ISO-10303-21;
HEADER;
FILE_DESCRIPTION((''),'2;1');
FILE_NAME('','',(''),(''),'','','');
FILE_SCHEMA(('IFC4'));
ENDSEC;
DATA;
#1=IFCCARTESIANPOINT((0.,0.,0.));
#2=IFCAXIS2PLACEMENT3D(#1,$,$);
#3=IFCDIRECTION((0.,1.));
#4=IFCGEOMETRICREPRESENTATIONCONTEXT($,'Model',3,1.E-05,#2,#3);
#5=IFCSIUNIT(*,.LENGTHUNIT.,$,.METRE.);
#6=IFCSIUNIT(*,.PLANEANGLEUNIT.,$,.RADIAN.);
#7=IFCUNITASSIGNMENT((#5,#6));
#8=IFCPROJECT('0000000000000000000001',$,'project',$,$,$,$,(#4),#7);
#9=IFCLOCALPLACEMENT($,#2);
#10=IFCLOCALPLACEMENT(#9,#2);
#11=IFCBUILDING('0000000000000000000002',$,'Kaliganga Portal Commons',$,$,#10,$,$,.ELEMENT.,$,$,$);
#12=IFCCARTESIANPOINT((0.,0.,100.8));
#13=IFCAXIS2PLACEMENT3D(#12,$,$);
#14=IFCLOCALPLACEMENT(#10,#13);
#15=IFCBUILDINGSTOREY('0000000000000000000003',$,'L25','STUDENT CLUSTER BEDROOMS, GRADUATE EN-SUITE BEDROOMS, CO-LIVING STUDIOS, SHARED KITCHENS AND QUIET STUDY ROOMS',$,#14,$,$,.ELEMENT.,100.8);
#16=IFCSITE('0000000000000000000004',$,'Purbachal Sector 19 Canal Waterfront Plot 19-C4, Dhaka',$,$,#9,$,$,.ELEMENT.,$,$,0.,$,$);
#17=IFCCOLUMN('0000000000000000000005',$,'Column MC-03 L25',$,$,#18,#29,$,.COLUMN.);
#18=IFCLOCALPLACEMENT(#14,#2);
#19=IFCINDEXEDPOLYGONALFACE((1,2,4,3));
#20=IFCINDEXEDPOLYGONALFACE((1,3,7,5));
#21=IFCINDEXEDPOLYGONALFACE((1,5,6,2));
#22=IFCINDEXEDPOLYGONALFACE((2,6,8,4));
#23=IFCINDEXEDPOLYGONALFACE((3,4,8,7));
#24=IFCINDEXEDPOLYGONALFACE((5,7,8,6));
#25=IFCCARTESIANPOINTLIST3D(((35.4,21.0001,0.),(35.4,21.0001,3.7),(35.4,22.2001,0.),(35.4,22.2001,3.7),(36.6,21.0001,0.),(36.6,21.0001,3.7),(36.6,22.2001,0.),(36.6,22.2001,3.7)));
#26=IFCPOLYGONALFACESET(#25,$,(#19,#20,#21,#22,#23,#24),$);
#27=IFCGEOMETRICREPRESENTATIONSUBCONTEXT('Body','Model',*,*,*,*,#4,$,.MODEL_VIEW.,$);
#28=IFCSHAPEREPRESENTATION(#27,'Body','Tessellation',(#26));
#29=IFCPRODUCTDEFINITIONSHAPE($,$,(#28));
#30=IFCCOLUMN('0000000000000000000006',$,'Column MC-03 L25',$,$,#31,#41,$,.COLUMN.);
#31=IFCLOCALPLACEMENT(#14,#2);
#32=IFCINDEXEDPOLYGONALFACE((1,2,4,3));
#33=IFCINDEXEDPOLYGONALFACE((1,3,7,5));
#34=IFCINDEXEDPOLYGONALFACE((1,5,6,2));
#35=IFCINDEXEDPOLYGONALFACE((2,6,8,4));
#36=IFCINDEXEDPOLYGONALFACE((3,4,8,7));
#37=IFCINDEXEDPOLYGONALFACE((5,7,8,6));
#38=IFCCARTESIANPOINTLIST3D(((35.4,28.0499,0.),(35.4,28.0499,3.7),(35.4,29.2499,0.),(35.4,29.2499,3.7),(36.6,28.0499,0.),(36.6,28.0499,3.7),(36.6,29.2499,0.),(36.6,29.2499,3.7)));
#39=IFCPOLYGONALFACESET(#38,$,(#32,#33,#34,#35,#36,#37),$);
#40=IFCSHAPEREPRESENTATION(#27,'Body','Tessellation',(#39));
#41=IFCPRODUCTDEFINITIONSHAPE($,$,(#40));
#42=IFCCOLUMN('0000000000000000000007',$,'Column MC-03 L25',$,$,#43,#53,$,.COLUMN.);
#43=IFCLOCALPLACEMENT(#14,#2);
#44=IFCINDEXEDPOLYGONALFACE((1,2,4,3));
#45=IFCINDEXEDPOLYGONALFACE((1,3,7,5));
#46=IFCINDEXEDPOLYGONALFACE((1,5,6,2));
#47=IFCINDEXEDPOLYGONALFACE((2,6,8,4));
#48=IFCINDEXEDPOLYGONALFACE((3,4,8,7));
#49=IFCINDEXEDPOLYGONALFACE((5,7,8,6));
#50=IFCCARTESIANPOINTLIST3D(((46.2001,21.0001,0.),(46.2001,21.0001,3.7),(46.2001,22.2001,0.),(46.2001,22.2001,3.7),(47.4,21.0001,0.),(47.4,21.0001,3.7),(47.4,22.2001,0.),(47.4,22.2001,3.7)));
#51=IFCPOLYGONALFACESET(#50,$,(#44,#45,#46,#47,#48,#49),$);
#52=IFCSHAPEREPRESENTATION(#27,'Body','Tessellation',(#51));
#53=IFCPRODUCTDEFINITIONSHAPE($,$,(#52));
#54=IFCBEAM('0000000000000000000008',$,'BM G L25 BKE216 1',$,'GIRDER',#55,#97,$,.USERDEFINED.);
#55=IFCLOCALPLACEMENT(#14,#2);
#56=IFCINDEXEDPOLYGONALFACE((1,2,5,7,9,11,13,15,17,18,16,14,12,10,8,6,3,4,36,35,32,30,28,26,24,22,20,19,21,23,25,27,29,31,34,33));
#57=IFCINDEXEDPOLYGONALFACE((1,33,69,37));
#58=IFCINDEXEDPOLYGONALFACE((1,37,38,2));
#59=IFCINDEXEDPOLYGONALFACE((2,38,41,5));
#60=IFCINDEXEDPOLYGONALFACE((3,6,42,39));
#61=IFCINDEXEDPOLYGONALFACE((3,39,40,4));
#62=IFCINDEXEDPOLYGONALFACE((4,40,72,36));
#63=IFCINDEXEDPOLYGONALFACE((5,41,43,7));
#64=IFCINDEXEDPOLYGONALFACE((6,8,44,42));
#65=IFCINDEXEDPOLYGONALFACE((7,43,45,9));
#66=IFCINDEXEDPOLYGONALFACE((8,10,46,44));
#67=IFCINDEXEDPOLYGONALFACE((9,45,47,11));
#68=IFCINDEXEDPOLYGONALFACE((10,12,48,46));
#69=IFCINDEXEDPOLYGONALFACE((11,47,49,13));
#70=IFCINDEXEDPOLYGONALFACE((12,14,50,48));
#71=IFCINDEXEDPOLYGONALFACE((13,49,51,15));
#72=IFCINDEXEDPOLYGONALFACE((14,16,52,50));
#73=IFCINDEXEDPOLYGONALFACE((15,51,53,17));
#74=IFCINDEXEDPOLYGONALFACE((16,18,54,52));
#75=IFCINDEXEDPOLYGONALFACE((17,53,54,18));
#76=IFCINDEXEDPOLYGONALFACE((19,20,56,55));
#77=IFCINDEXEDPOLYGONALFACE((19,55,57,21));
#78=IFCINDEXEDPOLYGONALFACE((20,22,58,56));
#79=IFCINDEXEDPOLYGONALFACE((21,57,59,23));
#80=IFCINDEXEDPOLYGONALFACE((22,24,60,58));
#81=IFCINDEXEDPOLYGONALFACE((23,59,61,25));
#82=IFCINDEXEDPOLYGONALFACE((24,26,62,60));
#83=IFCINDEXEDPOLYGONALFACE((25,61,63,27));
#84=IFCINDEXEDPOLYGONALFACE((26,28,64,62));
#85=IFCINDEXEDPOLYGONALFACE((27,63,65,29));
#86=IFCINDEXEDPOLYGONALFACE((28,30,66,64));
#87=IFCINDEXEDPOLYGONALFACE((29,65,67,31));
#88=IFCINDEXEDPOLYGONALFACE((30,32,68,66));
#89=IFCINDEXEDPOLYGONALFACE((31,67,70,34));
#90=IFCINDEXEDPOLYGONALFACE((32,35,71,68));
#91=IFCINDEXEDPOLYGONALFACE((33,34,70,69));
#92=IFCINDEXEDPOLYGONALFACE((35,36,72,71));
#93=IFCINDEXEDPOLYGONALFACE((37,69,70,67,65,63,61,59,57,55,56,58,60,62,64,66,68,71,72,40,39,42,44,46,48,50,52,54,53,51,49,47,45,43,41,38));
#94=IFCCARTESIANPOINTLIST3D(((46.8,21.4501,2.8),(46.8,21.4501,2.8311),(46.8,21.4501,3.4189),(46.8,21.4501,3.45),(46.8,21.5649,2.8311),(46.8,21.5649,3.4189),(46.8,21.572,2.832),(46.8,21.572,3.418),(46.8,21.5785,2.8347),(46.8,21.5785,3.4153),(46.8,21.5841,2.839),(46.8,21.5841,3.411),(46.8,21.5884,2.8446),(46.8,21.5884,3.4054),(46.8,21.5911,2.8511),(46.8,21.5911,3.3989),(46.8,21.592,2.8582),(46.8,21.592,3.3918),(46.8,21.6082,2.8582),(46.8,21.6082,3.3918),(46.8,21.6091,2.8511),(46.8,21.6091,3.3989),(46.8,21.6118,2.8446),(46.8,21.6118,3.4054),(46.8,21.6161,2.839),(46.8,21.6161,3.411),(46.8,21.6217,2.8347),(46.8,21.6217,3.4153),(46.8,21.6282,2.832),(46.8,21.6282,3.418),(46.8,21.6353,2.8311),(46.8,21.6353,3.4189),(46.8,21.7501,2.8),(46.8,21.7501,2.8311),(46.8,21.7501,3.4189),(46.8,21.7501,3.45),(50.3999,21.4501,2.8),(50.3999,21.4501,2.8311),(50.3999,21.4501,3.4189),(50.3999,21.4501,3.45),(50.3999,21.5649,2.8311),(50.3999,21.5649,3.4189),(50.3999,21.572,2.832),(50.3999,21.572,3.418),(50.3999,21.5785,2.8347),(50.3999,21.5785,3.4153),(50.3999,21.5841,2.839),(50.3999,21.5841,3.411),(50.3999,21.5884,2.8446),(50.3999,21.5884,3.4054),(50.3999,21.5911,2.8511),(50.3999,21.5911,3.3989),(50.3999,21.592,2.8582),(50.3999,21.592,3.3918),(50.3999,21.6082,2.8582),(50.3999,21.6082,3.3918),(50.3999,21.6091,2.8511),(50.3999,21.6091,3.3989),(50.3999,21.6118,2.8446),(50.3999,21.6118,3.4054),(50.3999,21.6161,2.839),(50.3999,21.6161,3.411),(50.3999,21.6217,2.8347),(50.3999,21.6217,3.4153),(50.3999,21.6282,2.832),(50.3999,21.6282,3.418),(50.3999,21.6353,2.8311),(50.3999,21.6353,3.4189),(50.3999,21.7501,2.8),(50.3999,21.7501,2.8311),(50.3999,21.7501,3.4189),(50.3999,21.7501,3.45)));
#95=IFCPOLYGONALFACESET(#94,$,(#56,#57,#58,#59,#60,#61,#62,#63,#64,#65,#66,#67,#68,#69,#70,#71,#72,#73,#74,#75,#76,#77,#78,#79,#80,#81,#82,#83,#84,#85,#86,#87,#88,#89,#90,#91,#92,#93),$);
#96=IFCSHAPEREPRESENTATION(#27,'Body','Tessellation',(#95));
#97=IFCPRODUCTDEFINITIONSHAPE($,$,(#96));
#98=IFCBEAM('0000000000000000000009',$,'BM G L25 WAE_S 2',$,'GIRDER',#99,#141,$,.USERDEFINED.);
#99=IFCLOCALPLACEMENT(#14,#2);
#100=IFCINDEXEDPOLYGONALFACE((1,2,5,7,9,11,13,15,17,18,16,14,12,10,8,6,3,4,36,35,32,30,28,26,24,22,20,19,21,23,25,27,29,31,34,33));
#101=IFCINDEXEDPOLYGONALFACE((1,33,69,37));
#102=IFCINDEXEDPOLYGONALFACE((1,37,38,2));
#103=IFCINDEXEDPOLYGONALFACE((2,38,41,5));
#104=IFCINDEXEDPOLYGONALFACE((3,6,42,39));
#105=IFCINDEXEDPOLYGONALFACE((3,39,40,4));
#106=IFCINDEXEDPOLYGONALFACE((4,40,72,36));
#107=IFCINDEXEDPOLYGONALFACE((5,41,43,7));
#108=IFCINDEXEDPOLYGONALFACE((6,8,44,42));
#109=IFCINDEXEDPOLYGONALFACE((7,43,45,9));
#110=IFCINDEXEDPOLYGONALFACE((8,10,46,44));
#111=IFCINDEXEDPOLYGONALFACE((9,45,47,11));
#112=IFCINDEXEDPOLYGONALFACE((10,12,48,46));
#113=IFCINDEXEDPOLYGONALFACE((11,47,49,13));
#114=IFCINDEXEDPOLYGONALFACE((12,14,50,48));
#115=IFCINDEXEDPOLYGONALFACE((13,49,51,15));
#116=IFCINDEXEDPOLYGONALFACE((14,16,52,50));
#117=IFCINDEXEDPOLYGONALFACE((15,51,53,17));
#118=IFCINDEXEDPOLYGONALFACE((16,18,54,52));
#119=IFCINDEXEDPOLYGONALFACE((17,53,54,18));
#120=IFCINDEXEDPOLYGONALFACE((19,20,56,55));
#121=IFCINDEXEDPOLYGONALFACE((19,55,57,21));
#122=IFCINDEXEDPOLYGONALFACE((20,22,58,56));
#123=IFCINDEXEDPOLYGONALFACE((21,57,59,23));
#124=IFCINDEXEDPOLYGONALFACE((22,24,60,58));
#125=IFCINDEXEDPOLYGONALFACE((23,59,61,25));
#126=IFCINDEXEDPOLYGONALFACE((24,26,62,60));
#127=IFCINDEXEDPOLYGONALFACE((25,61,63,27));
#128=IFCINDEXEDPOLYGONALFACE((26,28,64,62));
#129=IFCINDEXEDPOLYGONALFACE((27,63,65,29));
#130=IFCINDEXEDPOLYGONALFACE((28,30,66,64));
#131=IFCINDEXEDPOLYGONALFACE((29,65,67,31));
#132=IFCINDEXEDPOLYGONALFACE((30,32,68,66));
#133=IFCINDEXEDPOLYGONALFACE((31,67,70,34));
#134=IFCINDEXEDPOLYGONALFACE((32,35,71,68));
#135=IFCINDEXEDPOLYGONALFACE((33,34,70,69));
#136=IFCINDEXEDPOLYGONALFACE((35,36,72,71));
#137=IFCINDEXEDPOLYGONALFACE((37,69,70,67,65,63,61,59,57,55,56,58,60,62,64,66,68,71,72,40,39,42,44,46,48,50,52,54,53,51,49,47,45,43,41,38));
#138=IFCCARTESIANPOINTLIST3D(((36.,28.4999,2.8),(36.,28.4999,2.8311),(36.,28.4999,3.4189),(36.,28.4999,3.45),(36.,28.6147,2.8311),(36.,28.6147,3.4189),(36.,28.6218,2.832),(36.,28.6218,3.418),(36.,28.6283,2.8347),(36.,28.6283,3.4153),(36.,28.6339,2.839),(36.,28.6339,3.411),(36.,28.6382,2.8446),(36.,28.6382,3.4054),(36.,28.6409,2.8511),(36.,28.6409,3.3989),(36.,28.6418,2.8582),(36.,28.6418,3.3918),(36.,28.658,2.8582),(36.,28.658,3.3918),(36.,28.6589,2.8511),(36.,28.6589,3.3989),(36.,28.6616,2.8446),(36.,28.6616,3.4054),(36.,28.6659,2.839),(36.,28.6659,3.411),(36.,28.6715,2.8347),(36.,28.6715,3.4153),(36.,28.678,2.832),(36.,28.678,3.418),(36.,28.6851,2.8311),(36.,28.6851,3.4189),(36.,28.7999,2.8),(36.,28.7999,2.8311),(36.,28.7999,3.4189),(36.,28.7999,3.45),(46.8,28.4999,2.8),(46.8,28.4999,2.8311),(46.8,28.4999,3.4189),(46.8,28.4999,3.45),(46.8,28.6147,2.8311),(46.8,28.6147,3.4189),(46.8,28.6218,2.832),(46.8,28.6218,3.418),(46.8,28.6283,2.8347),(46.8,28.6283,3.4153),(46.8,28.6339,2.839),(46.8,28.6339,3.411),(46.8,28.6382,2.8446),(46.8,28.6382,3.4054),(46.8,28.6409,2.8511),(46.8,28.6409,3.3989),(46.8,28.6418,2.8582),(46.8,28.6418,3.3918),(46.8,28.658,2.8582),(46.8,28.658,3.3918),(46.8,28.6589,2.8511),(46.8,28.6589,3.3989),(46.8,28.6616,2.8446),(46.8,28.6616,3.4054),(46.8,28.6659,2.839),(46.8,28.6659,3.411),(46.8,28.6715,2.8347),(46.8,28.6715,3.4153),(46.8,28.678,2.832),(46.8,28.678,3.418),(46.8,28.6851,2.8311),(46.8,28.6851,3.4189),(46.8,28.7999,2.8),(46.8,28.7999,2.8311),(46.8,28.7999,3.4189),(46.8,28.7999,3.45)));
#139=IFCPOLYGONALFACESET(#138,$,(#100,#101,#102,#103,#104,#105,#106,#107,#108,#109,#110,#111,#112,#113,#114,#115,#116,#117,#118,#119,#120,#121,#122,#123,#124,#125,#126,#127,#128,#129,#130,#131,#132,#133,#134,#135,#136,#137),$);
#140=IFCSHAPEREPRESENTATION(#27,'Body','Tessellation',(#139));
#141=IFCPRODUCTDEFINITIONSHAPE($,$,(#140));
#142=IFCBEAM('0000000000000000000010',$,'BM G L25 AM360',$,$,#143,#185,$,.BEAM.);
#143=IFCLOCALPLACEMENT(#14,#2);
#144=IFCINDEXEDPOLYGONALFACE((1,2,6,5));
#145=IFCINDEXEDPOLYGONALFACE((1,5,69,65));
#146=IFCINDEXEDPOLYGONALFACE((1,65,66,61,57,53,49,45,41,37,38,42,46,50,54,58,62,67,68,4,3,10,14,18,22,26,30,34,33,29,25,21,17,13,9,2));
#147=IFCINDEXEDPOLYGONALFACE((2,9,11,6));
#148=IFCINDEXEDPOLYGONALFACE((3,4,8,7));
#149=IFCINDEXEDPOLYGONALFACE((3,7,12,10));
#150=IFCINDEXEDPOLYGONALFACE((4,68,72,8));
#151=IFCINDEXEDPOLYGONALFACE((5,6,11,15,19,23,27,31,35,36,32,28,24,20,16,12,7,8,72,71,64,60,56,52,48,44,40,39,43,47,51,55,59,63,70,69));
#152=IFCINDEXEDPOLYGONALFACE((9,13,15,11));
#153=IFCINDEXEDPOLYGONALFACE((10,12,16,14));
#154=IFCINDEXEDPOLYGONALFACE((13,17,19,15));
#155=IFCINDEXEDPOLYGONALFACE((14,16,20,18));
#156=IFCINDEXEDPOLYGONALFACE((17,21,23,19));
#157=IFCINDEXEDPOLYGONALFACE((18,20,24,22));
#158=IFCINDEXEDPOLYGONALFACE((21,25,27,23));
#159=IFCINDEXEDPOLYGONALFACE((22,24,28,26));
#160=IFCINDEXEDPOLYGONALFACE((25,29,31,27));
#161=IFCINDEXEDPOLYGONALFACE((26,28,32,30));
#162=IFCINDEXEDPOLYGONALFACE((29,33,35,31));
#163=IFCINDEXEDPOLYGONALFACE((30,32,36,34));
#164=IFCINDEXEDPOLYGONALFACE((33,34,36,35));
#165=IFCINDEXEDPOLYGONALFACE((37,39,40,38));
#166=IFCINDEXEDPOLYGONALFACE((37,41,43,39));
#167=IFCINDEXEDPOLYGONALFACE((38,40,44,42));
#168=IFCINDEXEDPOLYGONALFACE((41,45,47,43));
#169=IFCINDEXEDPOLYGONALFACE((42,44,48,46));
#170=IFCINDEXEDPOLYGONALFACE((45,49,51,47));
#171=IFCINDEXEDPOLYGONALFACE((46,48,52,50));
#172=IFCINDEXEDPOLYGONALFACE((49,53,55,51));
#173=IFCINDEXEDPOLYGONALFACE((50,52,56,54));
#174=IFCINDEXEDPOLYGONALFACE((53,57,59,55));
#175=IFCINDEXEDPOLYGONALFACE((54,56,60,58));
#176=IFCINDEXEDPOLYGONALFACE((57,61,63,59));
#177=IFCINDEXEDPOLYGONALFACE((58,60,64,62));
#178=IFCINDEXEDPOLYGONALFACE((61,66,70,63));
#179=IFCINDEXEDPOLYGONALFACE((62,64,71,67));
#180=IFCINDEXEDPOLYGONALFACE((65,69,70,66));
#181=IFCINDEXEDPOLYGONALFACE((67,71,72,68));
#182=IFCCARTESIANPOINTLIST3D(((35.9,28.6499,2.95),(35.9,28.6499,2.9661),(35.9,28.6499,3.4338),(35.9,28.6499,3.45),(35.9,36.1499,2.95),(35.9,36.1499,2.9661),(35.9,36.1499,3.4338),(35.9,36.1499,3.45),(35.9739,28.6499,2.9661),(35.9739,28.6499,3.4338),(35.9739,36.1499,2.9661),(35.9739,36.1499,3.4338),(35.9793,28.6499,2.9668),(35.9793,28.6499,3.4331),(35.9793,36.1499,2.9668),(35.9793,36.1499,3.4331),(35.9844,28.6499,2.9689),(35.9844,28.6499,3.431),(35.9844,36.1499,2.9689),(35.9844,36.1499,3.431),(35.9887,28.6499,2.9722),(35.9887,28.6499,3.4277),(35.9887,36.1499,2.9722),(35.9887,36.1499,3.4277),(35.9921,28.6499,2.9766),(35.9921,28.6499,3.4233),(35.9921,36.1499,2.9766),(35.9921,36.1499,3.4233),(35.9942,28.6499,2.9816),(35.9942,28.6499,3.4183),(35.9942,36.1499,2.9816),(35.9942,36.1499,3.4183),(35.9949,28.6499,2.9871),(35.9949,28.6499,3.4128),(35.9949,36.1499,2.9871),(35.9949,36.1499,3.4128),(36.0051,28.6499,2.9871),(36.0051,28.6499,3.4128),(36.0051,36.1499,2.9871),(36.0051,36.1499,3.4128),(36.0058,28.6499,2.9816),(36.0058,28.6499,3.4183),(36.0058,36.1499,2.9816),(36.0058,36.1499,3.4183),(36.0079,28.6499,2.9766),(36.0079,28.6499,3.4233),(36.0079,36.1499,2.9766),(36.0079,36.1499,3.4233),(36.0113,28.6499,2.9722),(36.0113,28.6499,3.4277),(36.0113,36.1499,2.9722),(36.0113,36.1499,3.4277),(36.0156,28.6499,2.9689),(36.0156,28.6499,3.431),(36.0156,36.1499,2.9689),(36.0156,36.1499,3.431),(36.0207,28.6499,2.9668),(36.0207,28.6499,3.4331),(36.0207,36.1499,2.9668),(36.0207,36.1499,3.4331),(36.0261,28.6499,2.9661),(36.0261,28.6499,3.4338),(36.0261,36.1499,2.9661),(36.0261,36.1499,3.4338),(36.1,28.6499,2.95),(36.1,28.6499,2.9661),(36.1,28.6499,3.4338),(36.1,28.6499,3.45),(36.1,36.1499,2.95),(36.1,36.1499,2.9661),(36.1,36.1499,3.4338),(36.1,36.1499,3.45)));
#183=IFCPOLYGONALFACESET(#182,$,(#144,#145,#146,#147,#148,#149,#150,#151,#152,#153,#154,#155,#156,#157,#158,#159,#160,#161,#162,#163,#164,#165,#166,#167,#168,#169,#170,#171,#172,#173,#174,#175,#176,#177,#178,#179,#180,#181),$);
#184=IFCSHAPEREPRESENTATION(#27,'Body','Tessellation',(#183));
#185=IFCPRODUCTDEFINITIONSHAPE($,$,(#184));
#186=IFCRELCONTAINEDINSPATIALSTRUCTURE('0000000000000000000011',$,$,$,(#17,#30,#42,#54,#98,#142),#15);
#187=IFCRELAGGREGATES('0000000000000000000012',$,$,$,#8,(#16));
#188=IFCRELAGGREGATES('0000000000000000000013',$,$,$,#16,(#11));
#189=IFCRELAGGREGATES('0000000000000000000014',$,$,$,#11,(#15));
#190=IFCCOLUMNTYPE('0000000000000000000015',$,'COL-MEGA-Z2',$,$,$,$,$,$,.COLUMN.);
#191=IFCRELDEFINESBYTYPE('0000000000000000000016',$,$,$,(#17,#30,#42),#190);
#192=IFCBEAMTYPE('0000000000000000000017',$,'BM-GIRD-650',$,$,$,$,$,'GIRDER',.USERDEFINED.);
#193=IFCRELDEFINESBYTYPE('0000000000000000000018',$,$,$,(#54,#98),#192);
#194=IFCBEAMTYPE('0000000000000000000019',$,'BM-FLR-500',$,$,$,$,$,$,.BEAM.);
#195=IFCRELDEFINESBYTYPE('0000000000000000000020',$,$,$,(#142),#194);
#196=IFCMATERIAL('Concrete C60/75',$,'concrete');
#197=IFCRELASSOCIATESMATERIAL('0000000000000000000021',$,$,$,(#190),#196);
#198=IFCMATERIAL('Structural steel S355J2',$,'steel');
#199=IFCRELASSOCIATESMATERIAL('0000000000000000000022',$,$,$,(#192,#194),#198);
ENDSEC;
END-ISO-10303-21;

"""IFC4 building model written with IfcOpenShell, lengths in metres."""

from ifc_helpers import new_model, si_unit, direction, frame, origin, origin_2d, place, context, subcontext, project, spatial, rectangle, i_section, extrude, source, transform, mapped, material, material_profile, profile_set, type_object, element, save


model = new_model("IFC4")

# Units and contexts
model_context = context("Model", 3, precision=1e-05, world=origin(), true_north=direction((0.0, 1.0)))
body_context = subcontext(model_context, "Body", "Model", "MODEL_VIEW")
ifc_project = project(units=[si_unit("LENGTHUNIT", "METRE"), si_unit("PLANEANGLEUNIT", "RADIAN")], contexts=[model_context])

# Site, building, storey
site_placement = place(None, origin())
site = spatial("IfcSite", under=ifc_project, at=site_placement, Name="Purbachal Sector 19 Canal Waterfront Plot 19-C4, Dhaka", CompositionType="ELEMENT", RefElevation=0.0)
building_placement = place(site_placement, origin())
building = spatial("IfcBuilding", under=site, at=building_placement, Name="Kaliganga Portal Commons", CompositionType="ELEMENT")
storey_placement = place(building_placement, frame((0.0, 0.0, 100.8)))
storey = spatial("IfcBuildingStorey", under=building, at=storey_placement, Name="L25", Description="STUDENT CLUSTER BEDROOMS, GRADUATE EN-SUITE BEDROOMS, CO-LIVING STUDIOS, SHARED KITCHENS AND QUIET STUDY ROOMS", CompositionType="ELEMENT", Elevation=100.8)

# Columns
ifc_material_1 = material(Name="Concrete C60/75", Category="concrete")
ifc_material_profile_1 = material_profile(ifc_material_1, rectangle(XDim=1.2, YDim=1.2, at=origin_2d()), Name="RC 1200x1200")
ifc_profile_set_1 = profile_set([ifc_material_profile_1], Name="Concrete C60/75")
column_type = type_object("IfcColumnType", Name="COL-MEGA-Z2", PredefinedType="COLUMN", material=ifc_profile_set_1)
shared_shape_1 = source(origin(), body_context, "Body", "SweptSolid", [
    extrude(rectangle(XDim=1.2, YDim=1.2, at=origin_2d()), origin(), (0.0, 0.0, 1.0), 3.7),
])
for number, where, z_axis, x_axis, name in (
    (1, (36.0, 21.6001, 0.0), (0.0, 0.0, 1.0), (1.0, 0.0, 0.0), "Column MC-03 L25"),
    (2, (36.0, 28.6499, 0.0), (0.0, 0.0, 1.0), (1.0, 0.0, 0.0), "Column MC-03 L25"),
    (3, (46.8, 21.6001, 0.0), (0.0, 0.0, 1.0), (1.0, 0.0, 0.0), "Column MC-03 L25"),
):
    element("IfcColumn", number, at=place(storey_placement, frame(where, z_axis=z_axis, x_axis=x_axis)), inside=storey, type_object=column_type, Name=name, PredefinedType="COLUMN", context=body_context, shape_type="MappedRepresentation", body=[
        mapped(shared_shape_1, transform((0.0, 0.0, 0.0), x_axis=(1.0, 0.0, 0.0), y_axis=(0.0, 1.0, 0.0), z_axis=(0.0, 0.0, 1.0), scale=1.0)),
    ])

# Beams
ifc_material_2 = material(Name="Structural steel S355J2", Category="steel")
ifc_material_profile_2 = material_profile(ifc_material_2, i_section(OverallWidth=0.3, OverallDepth=0.6499, WebThickness=0.0161, FlangeThickness=0.031, FilletRadius=0.0271, at=origin_2d()), Name="HE 650 B")
ifc_profile_set_2 = profile_set([ifc_material_profile_2], Name="Structural steel S355J2 wide-flange")
beam_type_1 = type_object("IfcBeamType", Name="BM-GIRD-650", ElementType="GIRDER", PredefinedType="USERDEFINED", material=ifc_profile_set_2)
shared_shape_2 = source(origin(), body_context, "Body", "SweptSolid", [
    extrude(i_section(OverallWidth=0.3, OverallDepth=0.6499, WebThickness=0.0161, FlangeThickness=0.031, FilletRadius=0.0271, at=origin_2d()), origin(), (0.0, 0.0, 1.0), 3.5999),
])
beam_1_placement = place(storey_placement, frame((46.8, 21.6001, 3.125), z_axis=(1.0, 0.0, 0.0), x_axis=(0.0, 1.0, 0.0)))
element("IfcBeam", 4, at=beam_1_placement, inside=storey, type_object=beam_type_1, Name="BM G L25 BKE216 1", ObjectType="GIRDER", PredefinedType="USERDEFINED", context=body_context, shape_type="MappedRepresentation", body=[
    mapped(shared_shape_2, transform((0.0, 0.0, 0.0), x_axis=(1.0, 0.0, 0.0), y_axis=(0.0, 1.0, 0.0), z_axis=(0.0, 0.0, 1.0), scale=1.0)),
])
shared_shape_3 = source(origin(), body_context, "Body", "SweptSolid", [
    extrude(i_section(OverallWidth=0.3, OverallDepth=0.6499, WebThickness=0.0161, FlangeThickness=0.031, FilletRadius=0.0271, at=origin_2d()), origin(), (0.0, 0.0, 1.0), 10.8),
])
beam_2_placement = place(storey_placement, frame((36.0, 28.6499, 3.125), z_axis=(1.0, 0.0, 0.0), x_axis=(0.0, 1.0, 0.0)))
element("IfcBeam", 5, at=beam_2_placement, inside=storey, type_object=beam_type_1, Name="BM G L25 WAE_S 2", ObjectType="GIRDER", PredefinedType="USERDEFINED", context=body_context, shape_type="MappedRepresentation", body=[
    mapped(shared_shape_3, transform((0.0, 0.0, 0.0), x_axis=(1.0, 0.0, 0.0), y_axis=(0.0, 1.0, 0.0), z_axis=(0.0, 0.0, 1.0), scale=1.0)),
])
ifc_material_profile_3 = material_profile(ifc_material_2, i_section(OverallWidth=0.2, OverallDepth=0.5, WebThickness=0.0103, FlangeThickness=0.0161, FilletRadius=0.021, at=origin_2d()), Name="IPE 500")
ifc_profile_set_3 = profile_set([ifc_material_profile_3], Name="Structural steel S355J2 wide-flange")
beam_type_2 = type_object("IfcBeamType", Name="BM-FLR-500", PredefinedType="BEAM", material=ifc_profile_set_3)
shared_shape_4 = source(origin(), body_context, "Body", "SweptSolid", [
    extrude(i_section(OverallWidth=0.2, OverallDepth=0.5, WebThickness=0.0103, FlangeThickness=0.0161, FilletRadius=0.021, at=origin_2d()), origin(), (0.0, 0.0, 1.0), 7.5),
])
beam_3_placement = place(storey_placement, frame((36.0, 28.6499, 3.2), z_axis=(0.0, 1.0, 0.0), x_axis=(-1.0, 0.0, 0.0)))
element("IfcBeam", 6, at=beam_3_placement, inside=storey, type_object=beam_type_2, Name="BM G L25 AM360", PredefinedType="BEAM", context=body_context, shape_type="MappedRepresentation", body=[
    mapped(shared_shape_4, transform((0.0, 0.0, 0.0), x_axis=(1.0, 0.0, 0.0), y_axis=(0.0, 1.0, 0.0), z_axis=(0.0, 0.0, 1.0), scale=1.0)),
])

save(model, "model.ifc")
